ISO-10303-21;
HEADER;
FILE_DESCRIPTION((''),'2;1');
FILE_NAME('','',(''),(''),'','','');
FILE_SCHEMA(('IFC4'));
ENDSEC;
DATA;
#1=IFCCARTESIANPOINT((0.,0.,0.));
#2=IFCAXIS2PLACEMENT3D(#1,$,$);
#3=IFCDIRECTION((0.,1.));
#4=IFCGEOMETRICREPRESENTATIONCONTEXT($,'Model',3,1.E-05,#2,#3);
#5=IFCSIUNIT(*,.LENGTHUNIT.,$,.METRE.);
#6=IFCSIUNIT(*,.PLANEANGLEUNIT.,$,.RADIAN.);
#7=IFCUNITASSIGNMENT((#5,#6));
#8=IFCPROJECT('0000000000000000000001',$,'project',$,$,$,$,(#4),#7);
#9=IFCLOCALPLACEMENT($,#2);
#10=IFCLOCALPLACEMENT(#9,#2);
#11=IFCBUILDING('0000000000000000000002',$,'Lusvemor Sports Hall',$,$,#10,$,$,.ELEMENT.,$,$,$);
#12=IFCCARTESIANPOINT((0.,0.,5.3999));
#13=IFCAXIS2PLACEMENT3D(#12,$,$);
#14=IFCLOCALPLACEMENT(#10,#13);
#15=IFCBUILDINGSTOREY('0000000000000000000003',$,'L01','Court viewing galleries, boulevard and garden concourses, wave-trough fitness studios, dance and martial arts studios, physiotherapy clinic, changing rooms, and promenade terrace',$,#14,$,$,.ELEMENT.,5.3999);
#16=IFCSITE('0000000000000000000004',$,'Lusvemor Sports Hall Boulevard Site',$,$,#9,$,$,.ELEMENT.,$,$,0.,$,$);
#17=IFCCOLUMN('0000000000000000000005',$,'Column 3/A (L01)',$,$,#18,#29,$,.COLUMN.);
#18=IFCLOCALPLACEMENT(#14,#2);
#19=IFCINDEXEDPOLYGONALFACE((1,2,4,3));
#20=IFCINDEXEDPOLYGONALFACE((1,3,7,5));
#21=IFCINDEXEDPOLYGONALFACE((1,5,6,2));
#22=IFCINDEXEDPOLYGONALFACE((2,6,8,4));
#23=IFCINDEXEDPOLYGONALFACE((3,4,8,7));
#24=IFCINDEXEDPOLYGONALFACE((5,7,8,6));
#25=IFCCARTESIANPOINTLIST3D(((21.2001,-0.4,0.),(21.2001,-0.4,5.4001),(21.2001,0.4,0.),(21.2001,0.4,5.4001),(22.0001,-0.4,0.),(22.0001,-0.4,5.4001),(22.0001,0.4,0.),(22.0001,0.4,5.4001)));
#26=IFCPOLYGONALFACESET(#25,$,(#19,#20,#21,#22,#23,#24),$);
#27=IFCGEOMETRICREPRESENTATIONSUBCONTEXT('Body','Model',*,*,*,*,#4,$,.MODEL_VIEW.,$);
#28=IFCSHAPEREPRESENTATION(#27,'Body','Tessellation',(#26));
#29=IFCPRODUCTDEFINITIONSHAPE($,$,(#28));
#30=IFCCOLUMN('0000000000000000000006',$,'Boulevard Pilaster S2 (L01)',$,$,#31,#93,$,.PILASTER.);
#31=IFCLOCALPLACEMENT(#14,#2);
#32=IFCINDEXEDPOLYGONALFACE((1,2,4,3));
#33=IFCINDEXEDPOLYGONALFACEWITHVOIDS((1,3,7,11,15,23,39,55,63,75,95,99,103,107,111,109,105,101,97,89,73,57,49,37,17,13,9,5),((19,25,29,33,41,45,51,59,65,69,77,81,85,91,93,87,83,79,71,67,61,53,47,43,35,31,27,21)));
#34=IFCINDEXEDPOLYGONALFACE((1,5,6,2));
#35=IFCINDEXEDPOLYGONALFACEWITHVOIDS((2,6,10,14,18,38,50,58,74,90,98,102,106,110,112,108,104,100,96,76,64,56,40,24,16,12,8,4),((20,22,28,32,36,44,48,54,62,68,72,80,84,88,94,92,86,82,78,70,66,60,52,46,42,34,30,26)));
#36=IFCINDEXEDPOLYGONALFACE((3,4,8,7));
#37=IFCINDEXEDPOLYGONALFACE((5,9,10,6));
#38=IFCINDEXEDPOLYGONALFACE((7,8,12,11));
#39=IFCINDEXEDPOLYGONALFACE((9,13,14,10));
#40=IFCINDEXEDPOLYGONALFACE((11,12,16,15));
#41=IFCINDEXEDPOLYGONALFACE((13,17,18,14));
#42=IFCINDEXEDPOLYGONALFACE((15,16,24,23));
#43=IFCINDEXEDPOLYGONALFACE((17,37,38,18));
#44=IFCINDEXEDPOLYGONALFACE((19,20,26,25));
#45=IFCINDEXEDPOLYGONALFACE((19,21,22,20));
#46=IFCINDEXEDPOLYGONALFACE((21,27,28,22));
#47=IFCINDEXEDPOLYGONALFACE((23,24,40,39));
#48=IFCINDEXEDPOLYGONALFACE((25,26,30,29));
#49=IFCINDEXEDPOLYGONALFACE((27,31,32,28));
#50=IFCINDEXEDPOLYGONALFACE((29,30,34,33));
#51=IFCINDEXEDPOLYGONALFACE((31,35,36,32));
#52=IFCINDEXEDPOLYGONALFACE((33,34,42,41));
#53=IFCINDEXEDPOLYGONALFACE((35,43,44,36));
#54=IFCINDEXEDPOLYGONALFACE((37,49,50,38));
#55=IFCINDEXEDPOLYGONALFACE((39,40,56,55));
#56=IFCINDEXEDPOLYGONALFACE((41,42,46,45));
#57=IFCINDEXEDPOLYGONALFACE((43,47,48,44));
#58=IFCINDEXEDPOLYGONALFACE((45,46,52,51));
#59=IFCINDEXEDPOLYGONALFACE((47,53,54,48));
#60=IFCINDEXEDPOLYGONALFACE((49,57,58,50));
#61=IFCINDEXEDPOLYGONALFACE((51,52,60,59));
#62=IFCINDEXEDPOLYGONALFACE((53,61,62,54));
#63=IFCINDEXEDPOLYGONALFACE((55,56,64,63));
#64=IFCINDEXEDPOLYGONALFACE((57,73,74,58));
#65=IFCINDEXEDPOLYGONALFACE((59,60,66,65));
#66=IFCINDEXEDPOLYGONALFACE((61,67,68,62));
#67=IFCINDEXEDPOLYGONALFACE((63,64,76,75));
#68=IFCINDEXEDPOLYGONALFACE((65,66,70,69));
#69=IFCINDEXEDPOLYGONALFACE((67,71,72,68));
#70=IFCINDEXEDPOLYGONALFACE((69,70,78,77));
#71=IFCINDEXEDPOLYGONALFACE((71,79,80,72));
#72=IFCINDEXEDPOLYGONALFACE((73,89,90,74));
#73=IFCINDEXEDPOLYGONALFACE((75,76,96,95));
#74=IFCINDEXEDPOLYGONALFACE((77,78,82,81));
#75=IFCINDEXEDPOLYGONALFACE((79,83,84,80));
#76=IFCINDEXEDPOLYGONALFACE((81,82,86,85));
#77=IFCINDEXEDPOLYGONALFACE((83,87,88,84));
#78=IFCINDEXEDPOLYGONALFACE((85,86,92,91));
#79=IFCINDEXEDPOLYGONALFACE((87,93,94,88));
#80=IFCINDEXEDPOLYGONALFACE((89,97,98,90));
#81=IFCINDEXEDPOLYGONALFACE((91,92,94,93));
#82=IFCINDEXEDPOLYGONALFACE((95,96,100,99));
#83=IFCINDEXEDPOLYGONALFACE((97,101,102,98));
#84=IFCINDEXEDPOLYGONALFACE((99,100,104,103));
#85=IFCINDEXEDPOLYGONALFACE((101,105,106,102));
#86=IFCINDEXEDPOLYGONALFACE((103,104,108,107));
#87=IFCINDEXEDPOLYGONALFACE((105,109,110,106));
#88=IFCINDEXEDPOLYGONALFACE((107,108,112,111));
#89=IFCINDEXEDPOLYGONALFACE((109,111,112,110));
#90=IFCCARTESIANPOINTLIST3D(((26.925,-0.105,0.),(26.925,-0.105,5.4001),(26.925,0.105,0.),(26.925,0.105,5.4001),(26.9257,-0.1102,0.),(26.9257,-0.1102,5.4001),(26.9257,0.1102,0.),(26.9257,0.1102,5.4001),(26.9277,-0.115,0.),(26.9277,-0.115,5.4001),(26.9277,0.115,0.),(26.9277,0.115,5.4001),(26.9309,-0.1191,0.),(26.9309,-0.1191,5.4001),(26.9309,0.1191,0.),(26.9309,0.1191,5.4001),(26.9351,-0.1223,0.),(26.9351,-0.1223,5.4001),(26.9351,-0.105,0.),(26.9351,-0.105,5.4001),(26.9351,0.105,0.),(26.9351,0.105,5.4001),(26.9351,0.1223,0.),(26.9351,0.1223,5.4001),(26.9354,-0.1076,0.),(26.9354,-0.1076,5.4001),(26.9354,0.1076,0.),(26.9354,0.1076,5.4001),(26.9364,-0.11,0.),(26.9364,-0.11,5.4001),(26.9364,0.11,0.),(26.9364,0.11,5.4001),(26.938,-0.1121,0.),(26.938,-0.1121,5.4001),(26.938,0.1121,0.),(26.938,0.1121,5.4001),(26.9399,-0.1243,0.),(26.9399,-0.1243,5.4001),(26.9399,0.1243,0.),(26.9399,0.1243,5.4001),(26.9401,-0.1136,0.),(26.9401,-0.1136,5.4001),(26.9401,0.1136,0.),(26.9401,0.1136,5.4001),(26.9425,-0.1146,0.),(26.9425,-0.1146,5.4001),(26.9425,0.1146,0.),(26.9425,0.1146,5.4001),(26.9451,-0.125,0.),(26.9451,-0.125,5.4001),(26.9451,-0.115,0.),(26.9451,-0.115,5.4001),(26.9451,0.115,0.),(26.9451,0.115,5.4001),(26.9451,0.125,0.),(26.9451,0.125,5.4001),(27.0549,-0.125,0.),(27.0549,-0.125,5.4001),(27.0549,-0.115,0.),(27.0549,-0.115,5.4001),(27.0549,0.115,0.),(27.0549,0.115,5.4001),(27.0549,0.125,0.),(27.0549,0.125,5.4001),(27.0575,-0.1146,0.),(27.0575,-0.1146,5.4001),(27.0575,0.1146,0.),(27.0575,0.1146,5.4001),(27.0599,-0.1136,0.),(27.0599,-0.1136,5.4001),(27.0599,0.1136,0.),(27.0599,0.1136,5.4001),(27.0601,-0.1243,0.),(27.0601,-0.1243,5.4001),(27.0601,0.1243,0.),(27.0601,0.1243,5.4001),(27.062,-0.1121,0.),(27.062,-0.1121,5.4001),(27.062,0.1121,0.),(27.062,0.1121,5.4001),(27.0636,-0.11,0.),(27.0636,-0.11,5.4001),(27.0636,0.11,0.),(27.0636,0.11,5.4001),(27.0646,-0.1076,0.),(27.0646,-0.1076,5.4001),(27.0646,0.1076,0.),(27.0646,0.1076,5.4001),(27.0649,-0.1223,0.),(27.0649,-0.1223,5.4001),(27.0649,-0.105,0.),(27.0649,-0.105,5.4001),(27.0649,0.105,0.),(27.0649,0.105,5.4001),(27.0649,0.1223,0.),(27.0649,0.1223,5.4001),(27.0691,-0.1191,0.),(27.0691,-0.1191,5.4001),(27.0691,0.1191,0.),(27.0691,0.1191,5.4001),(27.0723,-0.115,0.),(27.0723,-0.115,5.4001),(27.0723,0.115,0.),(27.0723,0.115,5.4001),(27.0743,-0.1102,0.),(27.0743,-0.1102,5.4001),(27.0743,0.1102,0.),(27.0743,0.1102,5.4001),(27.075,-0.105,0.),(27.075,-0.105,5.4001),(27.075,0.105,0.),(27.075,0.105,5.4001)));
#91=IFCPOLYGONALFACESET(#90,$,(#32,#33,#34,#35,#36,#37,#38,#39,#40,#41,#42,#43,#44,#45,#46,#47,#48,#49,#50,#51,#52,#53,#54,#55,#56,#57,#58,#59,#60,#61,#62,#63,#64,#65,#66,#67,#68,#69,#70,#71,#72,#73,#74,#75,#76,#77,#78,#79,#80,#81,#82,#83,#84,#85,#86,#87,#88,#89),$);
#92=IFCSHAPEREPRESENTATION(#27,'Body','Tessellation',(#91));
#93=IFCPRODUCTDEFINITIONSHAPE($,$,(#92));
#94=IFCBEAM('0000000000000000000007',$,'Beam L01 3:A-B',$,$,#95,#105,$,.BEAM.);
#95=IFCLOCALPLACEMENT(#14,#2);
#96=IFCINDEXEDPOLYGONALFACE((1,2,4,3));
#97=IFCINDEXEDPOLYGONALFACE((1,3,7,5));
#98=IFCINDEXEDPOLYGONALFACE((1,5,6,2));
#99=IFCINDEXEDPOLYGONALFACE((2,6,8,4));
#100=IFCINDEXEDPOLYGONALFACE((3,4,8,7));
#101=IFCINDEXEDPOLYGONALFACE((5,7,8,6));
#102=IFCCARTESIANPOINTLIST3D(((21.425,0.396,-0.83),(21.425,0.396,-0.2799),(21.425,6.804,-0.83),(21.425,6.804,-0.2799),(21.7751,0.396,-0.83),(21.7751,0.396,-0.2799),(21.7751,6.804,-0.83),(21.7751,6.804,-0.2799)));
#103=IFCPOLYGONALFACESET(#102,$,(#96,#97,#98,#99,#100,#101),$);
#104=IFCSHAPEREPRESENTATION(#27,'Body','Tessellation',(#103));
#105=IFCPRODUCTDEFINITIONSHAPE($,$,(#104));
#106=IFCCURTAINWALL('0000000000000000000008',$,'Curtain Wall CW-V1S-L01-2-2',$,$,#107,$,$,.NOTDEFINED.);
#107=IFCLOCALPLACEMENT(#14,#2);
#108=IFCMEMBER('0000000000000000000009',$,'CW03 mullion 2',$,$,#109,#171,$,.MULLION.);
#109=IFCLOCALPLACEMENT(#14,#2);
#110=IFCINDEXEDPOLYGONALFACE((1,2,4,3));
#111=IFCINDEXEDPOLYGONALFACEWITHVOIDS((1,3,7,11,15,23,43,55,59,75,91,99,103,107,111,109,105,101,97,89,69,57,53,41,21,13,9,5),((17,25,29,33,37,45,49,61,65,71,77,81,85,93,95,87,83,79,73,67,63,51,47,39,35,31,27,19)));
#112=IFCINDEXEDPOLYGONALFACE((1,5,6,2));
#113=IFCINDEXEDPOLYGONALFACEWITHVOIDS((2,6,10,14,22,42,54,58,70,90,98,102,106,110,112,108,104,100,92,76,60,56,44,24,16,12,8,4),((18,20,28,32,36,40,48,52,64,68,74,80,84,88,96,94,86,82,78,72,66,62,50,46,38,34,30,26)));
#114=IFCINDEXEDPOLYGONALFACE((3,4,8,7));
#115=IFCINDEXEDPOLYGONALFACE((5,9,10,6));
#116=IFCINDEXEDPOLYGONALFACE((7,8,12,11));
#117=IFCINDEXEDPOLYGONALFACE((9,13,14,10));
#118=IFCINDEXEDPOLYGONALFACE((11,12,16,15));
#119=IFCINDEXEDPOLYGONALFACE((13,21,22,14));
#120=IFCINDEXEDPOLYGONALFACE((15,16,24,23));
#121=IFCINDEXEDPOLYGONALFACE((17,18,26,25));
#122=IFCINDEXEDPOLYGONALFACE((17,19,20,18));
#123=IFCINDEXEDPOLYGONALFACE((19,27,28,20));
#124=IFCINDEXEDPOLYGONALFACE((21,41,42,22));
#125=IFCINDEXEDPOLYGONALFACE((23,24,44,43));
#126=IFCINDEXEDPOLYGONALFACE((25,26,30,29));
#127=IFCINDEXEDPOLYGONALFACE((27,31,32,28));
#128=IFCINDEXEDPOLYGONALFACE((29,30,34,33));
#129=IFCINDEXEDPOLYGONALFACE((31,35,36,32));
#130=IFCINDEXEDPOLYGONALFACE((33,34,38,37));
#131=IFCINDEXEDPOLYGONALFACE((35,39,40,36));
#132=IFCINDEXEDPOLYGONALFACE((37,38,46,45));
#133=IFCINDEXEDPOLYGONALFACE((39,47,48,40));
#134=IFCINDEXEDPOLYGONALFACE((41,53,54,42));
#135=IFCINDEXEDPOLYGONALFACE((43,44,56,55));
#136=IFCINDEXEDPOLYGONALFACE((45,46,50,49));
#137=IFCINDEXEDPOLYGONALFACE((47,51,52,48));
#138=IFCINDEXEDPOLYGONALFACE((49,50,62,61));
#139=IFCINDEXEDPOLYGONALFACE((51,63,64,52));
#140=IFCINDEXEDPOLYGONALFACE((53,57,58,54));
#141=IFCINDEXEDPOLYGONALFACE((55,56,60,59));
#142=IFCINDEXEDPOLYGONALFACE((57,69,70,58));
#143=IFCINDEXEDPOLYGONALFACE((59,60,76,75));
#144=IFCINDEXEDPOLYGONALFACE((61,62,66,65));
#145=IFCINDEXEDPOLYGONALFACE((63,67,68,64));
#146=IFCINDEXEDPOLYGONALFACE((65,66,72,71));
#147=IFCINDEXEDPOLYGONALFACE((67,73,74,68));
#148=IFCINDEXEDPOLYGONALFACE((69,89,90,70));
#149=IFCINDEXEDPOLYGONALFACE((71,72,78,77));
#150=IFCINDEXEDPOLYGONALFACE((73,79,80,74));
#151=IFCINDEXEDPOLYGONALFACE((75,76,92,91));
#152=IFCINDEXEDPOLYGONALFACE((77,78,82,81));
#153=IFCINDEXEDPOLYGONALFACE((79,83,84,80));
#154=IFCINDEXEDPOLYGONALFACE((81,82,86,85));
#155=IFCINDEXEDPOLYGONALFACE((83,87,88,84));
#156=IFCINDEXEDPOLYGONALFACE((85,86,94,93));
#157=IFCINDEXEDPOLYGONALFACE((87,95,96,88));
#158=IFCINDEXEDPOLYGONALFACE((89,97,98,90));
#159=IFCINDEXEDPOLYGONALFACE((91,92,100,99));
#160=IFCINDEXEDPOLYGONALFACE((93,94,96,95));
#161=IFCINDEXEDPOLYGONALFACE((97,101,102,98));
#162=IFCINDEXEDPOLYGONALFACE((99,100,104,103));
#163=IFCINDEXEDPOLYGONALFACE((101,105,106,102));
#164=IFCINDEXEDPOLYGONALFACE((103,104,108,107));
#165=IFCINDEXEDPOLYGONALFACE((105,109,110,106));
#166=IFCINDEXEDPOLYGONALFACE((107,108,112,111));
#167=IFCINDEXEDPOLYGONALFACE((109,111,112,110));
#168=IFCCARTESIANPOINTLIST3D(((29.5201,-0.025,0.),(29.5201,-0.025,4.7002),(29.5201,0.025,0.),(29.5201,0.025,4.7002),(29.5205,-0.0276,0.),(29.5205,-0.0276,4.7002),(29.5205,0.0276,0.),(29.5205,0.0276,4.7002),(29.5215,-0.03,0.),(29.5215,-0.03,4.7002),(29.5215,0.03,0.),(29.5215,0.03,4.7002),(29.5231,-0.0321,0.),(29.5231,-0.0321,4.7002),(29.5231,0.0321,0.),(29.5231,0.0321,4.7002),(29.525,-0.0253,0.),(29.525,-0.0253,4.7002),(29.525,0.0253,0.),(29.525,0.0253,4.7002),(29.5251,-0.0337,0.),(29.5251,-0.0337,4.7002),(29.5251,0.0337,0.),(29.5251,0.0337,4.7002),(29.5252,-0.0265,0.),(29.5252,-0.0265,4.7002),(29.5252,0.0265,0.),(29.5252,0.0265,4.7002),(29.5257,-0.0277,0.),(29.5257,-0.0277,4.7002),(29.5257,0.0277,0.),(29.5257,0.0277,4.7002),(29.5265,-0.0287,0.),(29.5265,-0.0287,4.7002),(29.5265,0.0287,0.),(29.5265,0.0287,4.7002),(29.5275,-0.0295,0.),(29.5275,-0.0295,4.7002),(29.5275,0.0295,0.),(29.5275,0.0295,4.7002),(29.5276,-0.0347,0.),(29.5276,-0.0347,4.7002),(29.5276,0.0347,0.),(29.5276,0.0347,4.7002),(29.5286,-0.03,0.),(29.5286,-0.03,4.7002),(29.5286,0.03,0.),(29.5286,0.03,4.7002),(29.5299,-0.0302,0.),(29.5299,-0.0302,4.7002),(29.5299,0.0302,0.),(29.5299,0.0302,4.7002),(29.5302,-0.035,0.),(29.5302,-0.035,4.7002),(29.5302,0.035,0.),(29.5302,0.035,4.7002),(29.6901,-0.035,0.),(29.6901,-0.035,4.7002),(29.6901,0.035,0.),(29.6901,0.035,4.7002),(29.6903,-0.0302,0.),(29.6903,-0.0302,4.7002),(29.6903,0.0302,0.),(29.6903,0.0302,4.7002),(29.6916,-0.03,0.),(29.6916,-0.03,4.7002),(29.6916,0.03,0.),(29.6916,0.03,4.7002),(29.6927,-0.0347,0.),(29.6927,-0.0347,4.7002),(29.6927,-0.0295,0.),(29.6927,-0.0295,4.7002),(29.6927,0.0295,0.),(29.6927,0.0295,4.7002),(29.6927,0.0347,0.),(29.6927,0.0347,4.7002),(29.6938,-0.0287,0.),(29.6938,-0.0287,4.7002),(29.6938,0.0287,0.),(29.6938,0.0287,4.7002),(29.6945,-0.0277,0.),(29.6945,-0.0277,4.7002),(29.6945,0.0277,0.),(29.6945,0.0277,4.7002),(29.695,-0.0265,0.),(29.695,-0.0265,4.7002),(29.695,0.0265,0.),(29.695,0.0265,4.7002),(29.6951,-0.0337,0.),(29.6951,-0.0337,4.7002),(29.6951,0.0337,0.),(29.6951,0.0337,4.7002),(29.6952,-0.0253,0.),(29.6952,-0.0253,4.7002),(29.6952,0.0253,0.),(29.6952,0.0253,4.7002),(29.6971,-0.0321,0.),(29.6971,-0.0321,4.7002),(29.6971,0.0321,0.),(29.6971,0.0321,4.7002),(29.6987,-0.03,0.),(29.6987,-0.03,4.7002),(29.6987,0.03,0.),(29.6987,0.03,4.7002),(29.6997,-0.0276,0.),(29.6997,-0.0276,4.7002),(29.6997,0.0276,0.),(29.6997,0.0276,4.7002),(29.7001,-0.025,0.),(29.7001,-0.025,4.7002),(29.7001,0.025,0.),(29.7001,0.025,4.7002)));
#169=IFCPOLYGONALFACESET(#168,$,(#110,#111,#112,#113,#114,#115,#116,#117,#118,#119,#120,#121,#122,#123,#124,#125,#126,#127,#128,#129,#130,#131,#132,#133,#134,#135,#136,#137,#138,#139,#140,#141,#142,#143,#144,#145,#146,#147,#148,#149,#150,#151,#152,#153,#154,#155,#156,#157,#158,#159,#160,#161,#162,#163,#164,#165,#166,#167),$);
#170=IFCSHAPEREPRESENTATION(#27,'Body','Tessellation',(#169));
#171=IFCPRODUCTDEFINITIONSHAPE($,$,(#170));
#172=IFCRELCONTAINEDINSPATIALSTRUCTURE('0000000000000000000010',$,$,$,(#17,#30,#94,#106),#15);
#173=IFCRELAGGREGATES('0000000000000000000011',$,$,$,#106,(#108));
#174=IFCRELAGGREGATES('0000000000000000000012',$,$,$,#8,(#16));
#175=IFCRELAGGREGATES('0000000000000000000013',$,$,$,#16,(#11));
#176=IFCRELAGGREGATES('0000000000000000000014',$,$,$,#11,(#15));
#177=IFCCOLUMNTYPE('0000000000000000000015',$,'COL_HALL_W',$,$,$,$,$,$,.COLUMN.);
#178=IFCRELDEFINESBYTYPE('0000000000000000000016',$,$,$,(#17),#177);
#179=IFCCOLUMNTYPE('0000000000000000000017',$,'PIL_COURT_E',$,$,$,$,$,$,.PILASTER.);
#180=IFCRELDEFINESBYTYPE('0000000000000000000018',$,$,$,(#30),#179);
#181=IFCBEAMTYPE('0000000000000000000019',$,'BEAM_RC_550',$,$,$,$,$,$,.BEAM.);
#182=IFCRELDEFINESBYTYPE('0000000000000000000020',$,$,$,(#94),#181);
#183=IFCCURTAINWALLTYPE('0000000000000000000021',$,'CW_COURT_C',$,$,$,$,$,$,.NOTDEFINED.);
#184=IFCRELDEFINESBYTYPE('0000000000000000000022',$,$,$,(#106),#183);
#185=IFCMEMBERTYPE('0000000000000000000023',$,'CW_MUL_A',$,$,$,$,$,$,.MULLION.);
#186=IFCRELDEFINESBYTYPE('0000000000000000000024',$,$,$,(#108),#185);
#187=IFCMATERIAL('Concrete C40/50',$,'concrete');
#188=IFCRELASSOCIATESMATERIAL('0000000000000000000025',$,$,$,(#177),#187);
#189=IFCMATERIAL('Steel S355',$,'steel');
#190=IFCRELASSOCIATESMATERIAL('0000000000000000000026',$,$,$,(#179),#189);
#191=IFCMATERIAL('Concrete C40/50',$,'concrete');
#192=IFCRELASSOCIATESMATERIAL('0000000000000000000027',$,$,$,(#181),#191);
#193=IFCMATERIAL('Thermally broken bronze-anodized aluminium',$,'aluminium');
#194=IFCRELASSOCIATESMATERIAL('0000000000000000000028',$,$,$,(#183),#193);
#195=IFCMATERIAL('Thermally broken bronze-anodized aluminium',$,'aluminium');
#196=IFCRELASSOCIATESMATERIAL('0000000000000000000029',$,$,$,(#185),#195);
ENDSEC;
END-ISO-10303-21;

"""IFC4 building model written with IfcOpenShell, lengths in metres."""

from ifc_helpers import new_model, si_unit, direction, frame, origin, origin_2d, place, context, subcontext, project, spatial, rectangle, hollow_rectangle, extrude, material, material_profile, profile_set, type_object, element, aggregate, save


model = new_model("IFC4")

# Units and contexts
model_context = context("Model", 3, precision=1e-05, world=origin(), true_north=direction((0.0, 1.0)))
body_context = subcontext(model_context, "Body", "Model", "MODEL_VIEW")
ifc_project = project(units=[si_unit("LENGTHUNIT", "METRE"), si_unit("PLANEANGLEUNIT", "RADIAN")], contexts=[model_context])

# Site, building, storey
site_placement = place(None, origin())
site = spatial("IfcSite", under=ifc_project, at=site_placement, Name="Lusvemor Sports Hall Boulevard Site", CompositionType="ELEMENT", RefElevation=0.0)
building_placement = place(site_placement, origin())
building = spatial("IfcBuilding", under=site, at=building_placement, Name="Lusvemor Sports Hall", CompositionType="ELEMENT")
storey_placement = place(building_placement, frame((0.0, 0.0, 5.3999)))
storey = spatial("IfcBuildingStorey", under=building, at=storey_placement, Name="L01", Description="Court viewing galleries, boulevard and garden concourses, wave-trough fitness studios, dance and martial arts studios, physiotherapy clinic, changing rooms, and promenade terrace", CompositionType="ELEMENT", Elevation=5.3999)

# Columns
ifc_material_1 = material(Name="Concrete C40/50", Category="concrete")
ifc_material_profile_1 = material_profile(ifc_material_1, rectangle(XDim=0.8, YDim=0.8, at=origin_2d()), Name="RC800x800")
ifc_profile_set_1 = profile_set([ifc_material_profile_1], Name="Concrete C40/50")
column_type_1 = type_object("IfcColumnType", Name="COL_HALL_W", PredefinedType="COLUMN", material=ifc_profile_set_1)
column_1_placement = place(storey_placement, frame((21.6001, 0.0, 0.0), z_axis=(0.0, 0.0, 1.0), x_axis=(1.0, 0.0, 0.0)))
element("IfcColumn", 1, at=column_1_placement, inside=storey, type_object=column_type_1, Name="Column 3/A (L01)", PredefinedType="COLUMN", context=body_context, shape_type="SweptSolid", body=[
    extrude(rectangle(XDim=0.8, YDim=0.8, at=origin_2d()), origin(), (0.0, 0.0, 1.0), 5.4001),
])
ifc_material_2 = material(Name="Steel S355", Category="steel")
ifc_material_profile_2 = material_profile(ifc_material_2, hollow_rectangle(XDim=0.1499, YDim=0.25, WallThickness=0.01, InnerFilletRadius=0.01, OuterFilletRadius=0.02, at=origin_2d()), Name="RHS250x150x10")
ifc_profile_set_2 = profile_set([ifc_material_profile_2], Name="Steel S355")
column_type_2 = type_object("IfcColumnType", Name="PIL_COURT_E", PredefinedType="PILASTER", material=ifc_profile_set_2)
column_2_placement = place(storey_placement, frame((27.0, 0.0, 0.0), z_axis=(0.0, 0.0, 1.0), x_axis=(1.0, 0.0, 0.0)))
element("IfcColumn", 2, at=column_2_placement, inside=storey, type_object=column_type_2, Name="Boulevard Pilaster S2 (L01)", PredefinedType="PILASTER", context=body_context, shape_type="SweptSolid", body=[
    extrude(hollow_rectangle(XDim=0.1499, YDim=0.25, WallThickness=0.01, InnerFilletRadius=0.01, OuterFilletRadius=0.02, at=origin_2d()), origin(), (0.0, 0.0, 1.0), 5.4001),
])

# Beam
ifc_material_3 = material(Name="Concrete C40/50", Category="concrete")
ifc_material_profile_3 = material_profile(ifc_material_3, rectangle(XDim=0.3501, YDim=0.55, at=origin_2d()), Name="RC350x550")
ifc_profile_set_3 = profile_set([ifc_material_profile_3], Name="Concrete C40/50")
beam_type_1 = type_object("IfcBeamType", Name="BEAM_RC_550", PredefinedType="BEAM", material=ifc_profile_set_3)
beam_1_placement = place(storey_placement, frame((21.6001, 0.396, -0.5549), z_axis=(0.0, 1.0, 0.0), x_axis=(-1.0, 0.0, 0.0)))
element("IfcBeam", 3, at=beam_1_placement, inside=storey, type_object=beam_type_1, Name="Beam L01 3:A-B", PredefinedType="BEAM", context=body_context, shape_type="SweptSolid", body=[
    extrude(rectangle(XDim=0.3501, YDim=0.55, at=origin_2d()), origin(), (0.0, 0.0, 1.0), 6.408),
])

# Curtain wall, member
ifc_material_4 = material(Name="Thermally broken bronze-anodized aluminium", Category="aluminium")
curtain_wall_type = type_object("IfcCurtainWallType", Name="CW_COURT_C", PredefinedType="NOTDEFINED", material=ifc_material_4)
curtain_wall_placement = place(storey_placement, origin())
curtain_wall = element("IfcCurtainWall", 4, at=curtain_wall_placement, inside=storey, type_object=curtain_wall_type, Name="Curtain Wall CW-V1S-L01-2-2", PredefinedType="NOTDEFINED")
ifc_material_5 = material(Name="Thermally broken bronze-anodized aluminium", Category="aluminium")
ifc_material_profile_4 = material_profile(ifc_material_5, hollow_rectangle(XDim=0.0701, YDim=0.1799, WallThickness=0.0049, InnerFilletRadius=0.0049, OuterFilletRadius=0.01, at=origin_2d()), Name="CWMUL180x70x5")
ifc_profile_set_4 = profile_set([ifc_material_profile_4], Name="Thermally broken bronze-anodized aluminium")
member_type_1 = type_object("IfcMemberType", Name="CW_MUL_A", PredefinedType="MULLION", material=ifc_profile_set_4)
member_1_placement = place(storey_placement, frame((29.6101, 0.0, 0.0), z_axis=(0.0, 0.0, 1.0), x_axis=(0.0, -1.0, 0.0)))
member_1 = element("IfcMember", 5, at=member_1_placement, type_object=member_type_1, Name="CW03 mullion 2", PredefinedType="MULLION", context=body_context, shape_type="SweptSolid", body=[
    extrude(hollow_rectangle(XDim=0.0701, YDim=0.1799, WallThickness=0.0049, InnerFilletRadius=0.0049, OuterFilletRadius=0.01, at=origin_2d()), origin(), (0.0, 0.0, 1.0), 4.7002),
])

aggregate(curtain_wall, [member_1])

save(model, "model.ifc")
